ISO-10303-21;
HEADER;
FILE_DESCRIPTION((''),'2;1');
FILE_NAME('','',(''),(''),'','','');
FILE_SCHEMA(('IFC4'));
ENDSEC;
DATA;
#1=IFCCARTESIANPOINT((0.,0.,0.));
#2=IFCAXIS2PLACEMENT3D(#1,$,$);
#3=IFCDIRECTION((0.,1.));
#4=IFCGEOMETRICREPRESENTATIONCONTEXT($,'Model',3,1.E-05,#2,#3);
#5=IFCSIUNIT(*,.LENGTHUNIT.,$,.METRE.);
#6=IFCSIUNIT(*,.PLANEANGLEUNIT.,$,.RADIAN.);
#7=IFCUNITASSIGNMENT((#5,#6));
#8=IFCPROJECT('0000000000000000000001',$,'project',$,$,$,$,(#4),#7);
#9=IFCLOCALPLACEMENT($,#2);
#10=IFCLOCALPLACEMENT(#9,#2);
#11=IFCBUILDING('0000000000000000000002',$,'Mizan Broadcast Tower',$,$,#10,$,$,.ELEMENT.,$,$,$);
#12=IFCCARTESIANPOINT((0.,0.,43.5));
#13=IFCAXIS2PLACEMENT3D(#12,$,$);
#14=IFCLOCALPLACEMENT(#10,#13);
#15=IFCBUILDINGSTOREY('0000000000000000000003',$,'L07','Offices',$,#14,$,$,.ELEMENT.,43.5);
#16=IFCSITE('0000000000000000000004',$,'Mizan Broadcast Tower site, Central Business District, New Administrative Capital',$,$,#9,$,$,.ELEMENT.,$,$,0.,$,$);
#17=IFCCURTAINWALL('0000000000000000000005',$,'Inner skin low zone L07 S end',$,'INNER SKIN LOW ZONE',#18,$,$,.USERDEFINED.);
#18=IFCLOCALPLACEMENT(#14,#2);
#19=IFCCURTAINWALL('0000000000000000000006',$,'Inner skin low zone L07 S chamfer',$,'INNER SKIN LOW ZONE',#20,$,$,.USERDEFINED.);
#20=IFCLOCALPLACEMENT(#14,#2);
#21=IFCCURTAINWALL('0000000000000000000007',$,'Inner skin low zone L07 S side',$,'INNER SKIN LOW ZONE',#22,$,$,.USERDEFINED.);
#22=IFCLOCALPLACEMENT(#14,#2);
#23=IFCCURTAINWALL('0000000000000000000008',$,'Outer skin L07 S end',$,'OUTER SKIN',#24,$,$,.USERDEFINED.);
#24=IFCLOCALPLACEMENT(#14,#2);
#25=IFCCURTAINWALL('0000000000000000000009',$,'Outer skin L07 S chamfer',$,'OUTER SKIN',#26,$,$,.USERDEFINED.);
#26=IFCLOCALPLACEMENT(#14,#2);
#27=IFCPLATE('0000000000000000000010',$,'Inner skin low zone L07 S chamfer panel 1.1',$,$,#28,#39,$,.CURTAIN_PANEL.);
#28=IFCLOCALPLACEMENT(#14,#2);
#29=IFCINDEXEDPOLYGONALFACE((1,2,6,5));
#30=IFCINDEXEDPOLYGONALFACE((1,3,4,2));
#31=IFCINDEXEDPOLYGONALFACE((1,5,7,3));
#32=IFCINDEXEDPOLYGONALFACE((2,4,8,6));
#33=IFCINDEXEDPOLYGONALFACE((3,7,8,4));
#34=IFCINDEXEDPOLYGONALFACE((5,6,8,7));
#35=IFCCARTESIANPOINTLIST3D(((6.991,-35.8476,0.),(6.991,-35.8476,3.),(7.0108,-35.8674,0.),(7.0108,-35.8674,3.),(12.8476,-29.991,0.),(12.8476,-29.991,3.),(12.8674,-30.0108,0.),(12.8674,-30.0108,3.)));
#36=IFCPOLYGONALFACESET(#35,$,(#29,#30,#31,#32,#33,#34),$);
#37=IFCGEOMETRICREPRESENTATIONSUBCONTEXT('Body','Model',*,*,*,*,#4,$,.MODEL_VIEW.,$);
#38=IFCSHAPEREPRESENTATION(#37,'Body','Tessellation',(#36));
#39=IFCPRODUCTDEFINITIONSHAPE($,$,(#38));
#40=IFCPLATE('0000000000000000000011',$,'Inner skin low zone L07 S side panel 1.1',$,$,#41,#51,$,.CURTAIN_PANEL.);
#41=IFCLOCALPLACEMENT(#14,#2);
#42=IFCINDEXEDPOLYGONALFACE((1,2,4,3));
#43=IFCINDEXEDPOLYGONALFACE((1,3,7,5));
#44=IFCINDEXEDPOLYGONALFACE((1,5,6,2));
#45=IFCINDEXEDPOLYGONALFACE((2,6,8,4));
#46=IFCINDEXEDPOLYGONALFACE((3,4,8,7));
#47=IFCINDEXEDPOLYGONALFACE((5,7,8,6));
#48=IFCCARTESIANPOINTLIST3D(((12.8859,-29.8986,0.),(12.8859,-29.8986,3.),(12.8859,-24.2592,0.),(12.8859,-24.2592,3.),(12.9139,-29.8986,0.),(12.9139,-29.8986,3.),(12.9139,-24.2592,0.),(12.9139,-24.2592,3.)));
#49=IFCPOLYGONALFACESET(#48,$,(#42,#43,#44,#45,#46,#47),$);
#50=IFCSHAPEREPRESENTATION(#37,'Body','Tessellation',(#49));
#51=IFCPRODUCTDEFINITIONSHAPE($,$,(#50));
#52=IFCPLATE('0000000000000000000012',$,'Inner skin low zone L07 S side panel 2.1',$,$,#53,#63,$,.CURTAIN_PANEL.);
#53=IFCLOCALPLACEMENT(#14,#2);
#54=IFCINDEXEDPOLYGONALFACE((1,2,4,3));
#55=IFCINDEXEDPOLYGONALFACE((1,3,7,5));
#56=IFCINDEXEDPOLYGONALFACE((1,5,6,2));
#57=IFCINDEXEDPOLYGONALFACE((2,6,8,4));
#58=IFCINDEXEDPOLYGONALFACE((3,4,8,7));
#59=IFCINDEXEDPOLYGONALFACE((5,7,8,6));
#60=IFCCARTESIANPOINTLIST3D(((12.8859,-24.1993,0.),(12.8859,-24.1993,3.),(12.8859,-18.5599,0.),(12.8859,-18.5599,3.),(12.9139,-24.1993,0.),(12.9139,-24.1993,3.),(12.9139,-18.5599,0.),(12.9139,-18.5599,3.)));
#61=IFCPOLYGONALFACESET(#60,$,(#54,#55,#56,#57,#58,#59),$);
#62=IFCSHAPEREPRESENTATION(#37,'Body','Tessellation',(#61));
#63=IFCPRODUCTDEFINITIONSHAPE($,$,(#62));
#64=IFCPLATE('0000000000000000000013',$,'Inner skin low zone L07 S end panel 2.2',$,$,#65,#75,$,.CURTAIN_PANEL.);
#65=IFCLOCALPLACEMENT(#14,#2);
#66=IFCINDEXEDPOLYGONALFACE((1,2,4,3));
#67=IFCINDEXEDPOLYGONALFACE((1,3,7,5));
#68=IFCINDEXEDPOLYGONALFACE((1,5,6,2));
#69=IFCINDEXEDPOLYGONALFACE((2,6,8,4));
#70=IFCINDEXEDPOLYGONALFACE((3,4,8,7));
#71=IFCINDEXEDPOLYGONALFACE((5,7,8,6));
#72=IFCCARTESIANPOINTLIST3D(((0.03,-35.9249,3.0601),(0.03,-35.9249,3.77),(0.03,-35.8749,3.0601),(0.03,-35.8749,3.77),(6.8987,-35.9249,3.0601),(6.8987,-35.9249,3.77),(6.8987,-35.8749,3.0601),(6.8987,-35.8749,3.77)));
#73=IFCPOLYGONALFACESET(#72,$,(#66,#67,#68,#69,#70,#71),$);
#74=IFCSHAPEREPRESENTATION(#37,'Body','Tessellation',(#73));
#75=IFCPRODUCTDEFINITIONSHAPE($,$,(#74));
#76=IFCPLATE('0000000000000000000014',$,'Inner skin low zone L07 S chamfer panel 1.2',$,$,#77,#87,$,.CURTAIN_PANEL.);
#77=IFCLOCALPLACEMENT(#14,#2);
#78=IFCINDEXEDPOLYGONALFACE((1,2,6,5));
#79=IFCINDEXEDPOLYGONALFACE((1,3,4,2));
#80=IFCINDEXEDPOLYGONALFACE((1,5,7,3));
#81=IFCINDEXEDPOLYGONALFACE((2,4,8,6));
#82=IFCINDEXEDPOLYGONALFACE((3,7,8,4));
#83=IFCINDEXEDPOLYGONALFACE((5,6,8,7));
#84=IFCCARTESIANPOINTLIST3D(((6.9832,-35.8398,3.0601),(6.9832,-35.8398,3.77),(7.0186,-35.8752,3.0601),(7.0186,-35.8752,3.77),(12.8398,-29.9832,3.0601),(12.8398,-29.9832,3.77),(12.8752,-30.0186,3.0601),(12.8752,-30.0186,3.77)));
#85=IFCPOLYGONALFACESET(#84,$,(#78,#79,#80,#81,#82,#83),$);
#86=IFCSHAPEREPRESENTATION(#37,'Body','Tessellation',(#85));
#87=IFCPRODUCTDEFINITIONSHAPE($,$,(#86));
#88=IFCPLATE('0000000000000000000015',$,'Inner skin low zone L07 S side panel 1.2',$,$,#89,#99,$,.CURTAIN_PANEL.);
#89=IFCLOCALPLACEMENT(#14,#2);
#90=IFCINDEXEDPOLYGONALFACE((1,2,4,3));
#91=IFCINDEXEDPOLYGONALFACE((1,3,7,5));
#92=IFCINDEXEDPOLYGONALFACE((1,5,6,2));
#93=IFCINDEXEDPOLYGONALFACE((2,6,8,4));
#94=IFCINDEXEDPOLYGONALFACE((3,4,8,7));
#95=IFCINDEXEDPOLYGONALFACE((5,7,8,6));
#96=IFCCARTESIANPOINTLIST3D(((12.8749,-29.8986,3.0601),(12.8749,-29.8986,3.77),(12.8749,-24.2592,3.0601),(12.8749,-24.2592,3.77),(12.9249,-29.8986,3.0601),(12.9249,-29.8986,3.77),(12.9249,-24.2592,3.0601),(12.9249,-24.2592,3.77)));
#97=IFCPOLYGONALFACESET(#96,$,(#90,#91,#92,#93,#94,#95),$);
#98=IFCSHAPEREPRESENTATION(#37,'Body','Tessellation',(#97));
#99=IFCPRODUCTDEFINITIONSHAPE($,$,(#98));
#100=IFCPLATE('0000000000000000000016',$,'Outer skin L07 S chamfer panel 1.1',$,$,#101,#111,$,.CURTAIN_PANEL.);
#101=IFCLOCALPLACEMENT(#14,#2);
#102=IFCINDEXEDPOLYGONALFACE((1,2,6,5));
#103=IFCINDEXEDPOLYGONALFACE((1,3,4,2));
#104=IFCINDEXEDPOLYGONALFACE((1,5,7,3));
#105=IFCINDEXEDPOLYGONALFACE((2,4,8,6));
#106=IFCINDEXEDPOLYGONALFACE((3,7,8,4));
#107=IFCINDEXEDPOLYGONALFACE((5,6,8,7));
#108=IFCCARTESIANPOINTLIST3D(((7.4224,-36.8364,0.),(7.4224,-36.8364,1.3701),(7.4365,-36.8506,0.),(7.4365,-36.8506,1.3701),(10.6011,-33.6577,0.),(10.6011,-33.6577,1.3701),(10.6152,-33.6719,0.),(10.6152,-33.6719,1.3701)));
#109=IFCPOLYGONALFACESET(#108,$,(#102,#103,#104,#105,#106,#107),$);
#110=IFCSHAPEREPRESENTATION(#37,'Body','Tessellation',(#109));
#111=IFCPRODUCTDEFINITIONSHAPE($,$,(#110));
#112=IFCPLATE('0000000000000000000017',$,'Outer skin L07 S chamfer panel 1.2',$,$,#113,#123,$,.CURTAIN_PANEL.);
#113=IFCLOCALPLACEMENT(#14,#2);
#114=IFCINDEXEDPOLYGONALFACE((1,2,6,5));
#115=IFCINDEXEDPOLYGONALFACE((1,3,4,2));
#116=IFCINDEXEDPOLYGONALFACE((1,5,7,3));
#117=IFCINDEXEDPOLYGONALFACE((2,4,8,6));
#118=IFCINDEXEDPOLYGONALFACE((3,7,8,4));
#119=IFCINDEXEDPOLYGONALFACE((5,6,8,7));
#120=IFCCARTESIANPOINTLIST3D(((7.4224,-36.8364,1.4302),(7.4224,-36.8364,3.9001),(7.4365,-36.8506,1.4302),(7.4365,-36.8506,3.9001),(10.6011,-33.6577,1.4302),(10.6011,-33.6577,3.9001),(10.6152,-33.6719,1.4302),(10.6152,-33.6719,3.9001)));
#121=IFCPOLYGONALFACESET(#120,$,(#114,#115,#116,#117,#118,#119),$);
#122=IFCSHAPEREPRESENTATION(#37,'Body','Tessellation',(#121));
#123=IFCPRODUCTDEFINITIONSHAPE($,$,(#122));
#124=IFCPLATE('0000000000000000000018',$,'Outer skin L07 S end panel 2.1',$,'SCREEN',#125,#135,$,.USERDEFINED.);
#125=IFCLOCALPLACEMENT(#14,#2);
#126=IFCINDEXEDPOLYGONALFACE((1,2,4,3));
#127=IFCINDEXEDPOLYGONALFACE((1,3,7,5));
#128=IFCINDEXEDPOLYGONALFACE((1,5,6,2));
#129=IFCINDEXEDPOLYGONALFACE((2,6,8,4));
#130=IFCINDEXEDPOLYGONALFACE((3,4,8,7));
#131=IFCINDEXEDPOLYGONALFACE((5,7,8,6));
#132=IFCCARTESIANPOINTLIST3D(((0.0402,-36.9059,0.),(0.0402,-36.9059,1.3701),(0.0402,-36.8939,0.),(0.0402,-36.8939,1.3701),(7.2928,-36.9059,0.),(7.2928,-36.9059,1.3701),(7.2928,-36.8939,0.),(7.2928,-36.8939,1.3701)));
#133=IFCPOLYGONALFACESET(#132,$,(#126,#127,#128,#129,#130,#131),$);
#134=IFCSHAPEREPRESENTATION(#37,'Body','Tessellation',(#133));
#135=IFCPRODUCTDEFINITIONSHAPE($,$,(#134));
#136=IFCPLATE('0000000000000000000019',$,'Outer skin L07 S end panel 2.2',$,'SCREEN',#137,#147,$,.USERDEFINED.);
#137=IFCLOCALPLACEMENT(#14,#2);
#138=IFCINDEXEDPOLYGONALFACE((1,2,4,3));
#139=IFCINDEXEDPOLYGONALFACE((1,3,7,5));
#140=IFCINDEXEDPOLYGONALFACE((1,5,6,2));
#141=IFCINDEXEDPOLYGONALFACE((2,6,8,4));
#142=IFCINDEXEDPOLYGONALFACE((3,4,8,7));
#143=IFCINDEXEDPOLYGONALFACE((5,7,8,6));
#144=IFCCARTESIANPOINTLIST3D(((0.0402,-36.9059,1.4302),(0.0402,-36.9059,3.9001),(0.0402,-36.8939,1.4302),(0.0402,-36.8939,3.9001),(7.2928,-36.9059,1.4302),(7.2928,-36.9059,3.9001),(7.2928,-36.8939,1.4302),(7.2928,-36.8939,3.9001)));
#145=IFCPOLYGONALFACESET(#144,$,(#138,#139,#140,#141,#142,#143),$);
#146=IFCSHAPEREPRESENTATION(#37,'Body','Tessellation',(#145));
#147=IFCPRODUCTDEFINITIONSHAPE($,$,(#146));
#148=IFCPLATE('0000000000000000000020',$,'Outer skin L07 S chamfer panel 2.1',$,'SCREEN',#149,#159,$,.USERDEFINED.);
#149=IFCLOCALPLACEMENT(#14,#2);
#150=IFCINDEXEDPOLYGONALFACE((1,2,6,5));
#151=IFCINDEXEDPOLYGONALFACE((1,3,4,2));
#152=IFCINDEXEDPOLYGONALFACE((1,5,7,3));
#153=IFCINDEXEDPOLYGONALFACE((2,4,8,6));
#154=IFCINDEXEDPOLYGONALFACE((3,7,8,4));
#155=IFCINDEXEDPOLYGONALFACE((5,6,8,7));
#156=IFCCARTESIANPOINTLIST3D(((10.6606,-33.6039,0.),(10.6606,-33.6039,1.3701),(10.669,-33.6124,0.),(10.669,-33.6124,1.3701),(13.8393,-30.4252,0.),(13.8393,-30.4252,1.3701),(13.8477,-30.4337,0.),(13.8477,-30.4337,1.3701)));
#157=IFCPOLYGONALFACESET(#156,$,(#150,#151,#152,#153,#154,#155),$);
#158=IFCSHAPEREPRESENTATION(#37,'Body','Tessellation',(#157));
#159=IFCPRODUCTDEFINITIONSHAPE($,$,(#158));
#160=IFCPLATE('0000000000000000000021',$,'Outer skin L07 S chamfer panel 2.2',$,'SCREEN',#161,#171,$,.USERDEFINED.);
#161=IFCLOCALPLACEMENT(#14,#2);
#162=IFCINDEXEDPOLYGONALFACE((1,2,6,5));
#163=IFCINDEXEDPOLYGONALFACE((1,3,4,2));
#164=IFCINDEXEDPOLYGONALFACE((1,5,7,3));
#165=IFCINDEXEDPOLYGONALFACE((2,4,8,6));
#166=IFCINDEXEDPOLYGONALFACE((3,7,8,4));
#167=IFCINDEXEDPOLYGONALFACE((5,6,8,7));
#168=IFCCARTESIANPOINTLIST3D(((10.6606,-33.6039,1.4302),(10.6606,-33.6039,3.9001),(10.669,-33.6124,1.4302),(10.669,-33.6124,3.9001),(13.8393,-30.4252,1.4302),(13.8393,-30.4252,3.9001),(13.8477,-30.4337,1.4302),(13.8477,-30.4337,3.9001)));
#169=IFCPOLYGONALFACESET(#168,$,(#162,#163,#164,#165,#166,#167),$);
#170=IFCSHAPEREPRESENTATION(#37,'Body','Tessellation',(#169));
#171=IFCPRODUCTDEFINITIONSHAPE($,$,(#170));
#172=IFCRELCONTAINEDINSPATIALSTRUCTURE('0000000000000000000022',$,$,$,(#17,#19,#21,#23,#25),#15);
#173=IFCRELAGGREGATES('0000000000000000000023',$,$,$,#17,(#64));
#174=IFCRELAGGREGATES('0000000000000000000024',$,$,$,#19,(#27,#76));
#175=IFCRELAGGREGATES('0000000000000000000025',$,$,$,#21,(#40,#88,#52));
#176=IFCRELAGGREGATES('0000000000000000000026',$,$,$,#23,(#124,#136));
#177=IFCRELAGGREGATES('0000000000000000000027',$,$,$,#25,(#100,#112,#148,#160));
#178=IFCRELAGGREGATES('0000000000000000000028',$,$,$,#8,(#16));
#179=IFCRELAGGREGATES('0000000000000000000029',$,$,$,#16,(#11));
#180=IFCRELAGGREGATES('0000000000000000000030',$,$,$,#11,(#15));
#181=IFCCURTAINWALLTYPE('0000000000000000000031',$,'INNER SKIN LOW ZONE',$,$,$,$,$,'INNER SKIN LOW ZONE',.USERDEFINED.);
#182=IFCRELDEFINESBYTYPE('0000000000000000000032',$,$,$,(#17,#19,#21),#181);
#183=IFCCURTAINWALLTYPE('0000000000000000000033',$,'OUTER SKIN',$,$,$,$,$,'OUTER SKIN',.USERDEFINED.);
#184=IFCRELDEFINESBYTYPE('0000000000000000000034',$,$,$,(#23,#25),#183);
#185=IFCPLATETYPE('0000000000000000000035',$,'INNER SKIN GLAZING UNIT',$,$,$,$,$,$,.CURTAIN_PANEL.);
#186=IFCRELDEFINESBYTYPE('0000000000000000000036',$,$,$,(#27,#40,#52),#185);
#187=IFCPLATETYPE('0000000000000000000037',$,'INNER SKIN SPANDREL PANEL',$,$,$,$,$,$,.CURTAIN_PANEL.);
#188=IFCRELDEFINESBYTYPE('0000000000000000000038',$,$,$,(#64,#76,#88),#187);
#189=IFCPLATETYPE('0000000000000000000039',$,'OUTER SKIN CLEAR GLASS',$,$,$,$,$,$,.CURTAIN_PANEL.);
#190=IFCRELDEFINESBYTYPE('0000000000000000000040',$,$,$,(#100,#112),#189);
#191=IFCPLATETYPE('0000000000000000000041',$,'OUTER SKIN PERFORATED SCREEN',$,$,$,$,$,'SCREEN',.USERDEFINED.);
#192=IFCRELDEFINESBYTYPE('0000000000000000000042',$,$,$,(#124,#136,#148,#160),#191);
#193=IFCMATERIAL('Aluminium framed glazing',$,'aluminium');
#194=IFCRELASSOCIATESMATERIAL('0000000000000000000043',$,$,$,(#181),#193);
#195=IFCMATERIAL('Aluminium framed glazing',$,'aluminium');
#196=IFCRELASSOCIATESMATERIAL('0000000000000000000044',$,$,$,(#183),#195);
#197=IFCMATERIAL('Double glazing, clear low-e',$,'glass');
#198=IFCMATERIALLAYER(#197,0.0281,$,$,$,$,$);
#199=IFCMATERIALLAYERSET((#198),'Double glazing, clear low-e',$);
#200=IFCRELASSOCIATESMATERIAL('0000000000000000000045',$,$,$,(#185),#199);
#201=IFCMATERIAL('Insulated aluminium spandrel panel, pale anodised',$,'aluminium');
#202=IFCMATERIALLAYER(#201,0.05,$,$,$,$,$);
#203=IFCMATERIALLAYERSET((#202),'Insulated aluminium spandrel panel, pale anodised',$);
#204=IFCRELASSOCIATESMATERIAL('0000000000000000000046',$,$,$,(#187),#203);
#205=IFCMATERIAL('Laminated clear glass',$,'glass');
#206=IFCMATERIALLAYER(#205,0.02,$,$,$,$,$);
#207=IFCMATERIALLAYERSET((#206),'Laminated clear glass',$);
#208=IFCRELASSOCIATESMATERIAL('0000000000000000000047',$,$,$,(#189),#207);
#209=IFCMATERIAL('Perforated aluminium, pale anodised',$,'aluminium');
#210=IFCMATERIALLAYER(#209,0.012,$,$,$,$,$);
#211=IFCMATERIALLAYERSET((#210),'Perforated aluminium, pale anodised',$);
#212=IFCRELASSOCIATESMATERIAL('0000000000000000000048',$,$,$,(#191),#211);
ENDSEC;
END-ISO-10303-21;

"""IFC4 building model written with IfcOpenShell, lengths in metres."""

from ifc_helpers import new_model, si_unit, direction, frame, origin, origin_2d, place, context, subcontext, project, spatial, rectangle, extrude, material, layer, layer_set, type_object, element, aggregate, save


model = new_model("IFC4")

# Units and contexts
model_context = context("Model", 3, precision=1e-05, world=origin(), true_north=direction((0.0, 1.0)))
body_context = subcontext(model_context, "Body", "Model", "MODEL_VIEW")
ifc_project = project(units=[si_unit("LENGTHUNIT", "METRE"), si_unit("PLANEANGLEUNIT", "RADIAN")], contexts=[model_context])

# Site, building, storey
site_placement = place(None, origin())
site = spatial("IfcSite", under=ifc_project, at=site_placement, Name="Mizan Broadcast Tower site, Central Business District, New Administrative Capital", CompositionType="ELEMENT", RefElevation=0.0)
building_placement = place(site_placement, origin())
building = spatial("IfcBuilding", under=site, at=building_placement, Name="Mizan Broadcast Tower", CompositionType="ELEMENT")
storey_placement = place(building_placement, frame((0.0, 0.0, 43.5)))
storey = spatial("IfcBuildingStorey", under=building, at=storey_placement, Name="L07", Description="Offices", CompositionType="ELEMENT", Elevation=43.5)

# Curtain wall
ifc_material_1 = material(Name="Aluminium framed glazing", Category="aluminium")
curtain_wall_type_1 = type_object("IfcCurtainWallType", Name="INNER SKIN LOW ZONE", ElementType="INNER SKIN LOW ZONE", PredefinedType="USERDEFINED", material=ifc_material_1)
curtain_wall_1_placement = place(storey_placement, origin())
curtain_wall_1 = element("IfcCurtainWall", 1, at=curtain_wall_1_placement, inside=storey, type_object=curtain_wall_type_1, Name="Inner skin low zone L07 S end", ObjectType="INNER SKIN LOW ZONE", PredefinedType="USERDEFINED")

# Curtain walls
curtain_wall_2_placement = place(storey_placement, origin())
curtain_wall_2 = element("IfcCurtainWall", 2, at=curtain_wall_2_placement, inside=storey, type_object=curtain_wall_type_1, Name="Inner skin low zone L07 S chamfer", ObjectType="INNER SKIN LOW ZONE", PredefinedType="USERDEFINED")
curtain_wall_3_placement = place(storey_placement, origin())
curtain_wall_3 = element("IfcCurtainWall", 3, at=curtain_wall_3_placement, inside=storey, type_object=curtain_wall_type_1, Name="Inner skin low zone L07 S side", ObjectType="INNER SKIN LOW ZONE", PredefinedType="USERDEFINED")

# Curtain wall
ifc_material_2 = material(Name="Aluminium framed glazing", Category="aluminium")
curtain_wall_type_2 = type_object("IfcCurtainWallType", Name="OUTER SKIN", ElementType="OUTER SKIN", PredefinedType="USERDEFINED", material=ifc_material_2)
curtain_wall_4_placement = place(storey_placement, origin())
curtain_wall_4 = element("IfcCurtainWall", 4, at=curtain_wall_4_placement, inside=storey, type_object=curtain_wall_type_2, Name="Outer skin L07 S end", ObjectType="OUTER SKIN", PredefinedType="USERDEFINED")

# Curtain wall
curtain_wall_5_placement = place(storey_placement, origin())
curtain_wall_5 = element("IfcCurtainWall", 5, at=curtain_wall_5_placement, inside=storey, type_object=curtain_wall_type_2, Name="Outer skin L07 S chamfer", ObjectType="OUTER SKIN", PredefinedType="USERDEFINED")

# Plates
ifc_material_3 = material(Name="Double glazing, clear low-e", Category="glass")
ifc_layer_1 = layer(ifc_material_3, 0.0281)
ifc_layer_set_1 = layer_set([ifc_layer_1], Name="Double glazing, clear low-e")
plate_type_1 = type_object("IfcPlateType", Name="INNER SKIN GLAZING UNIT", PredefinedType="CURTAIN_PANEL", material=ifc_layer_set_1)
plate_1_placement = place(storey_placement, frame((9.9292, -32.9292, 0.0), z_axis=(0.0, 0.0, 1.0), x_axis=(0.707107, 0.707107, 0.0)))
plate_1 = element("IfcPlate", 6, at=plate_1_placement, type_object=plate_type_1, Name="Inner skin low zone L07 S chamfer panel 1.1", PredefinedType="CURTAIN_PANEL", context=body_context, shape_type="SweptSolid", body=[
    extrude(rectangle(XDim=8.2825, YDim=0.0281, at=origin_2d()), origin(), (0.0, 0.0, 1.0), 3.0),
])
plate_2_placement = place(storey_placement, frame((12.8999, -27.0789, 0.0), z_axis=(0.0, 0.0, 1.0), x_axis=(0.0, 1.0, 0.0)))
plate_2 = element("IfcPlate", 7, at=plate_2_placement, type_object=plate_type_1, Name="Inner skin low zone L07 S side panel 1.1", PredefinedType="CURTAIN_PANEL", context=body_context, shape_type="SweptSolid", body=[
    extrude(rectangle(XDim=5.6394, YDim=0.0281, at=origin_2d()), origin(), (0.0, 0.0, 1.0), 3.0),
])
plate_3_placement = place(storey_placement, frame((12.8999, -21.3796, 0.0), z_axis=(0.0, 0.0, 1.0), x_axis=(0.0, 1.0, 0.0)))
plate_3 = element("IfcPlate", 8, at=plate_3_placement, type_object=plate_type_1, Name="Inner skin low zone L07 S side panel 2.1", PredefinedType="CURTAIN_PANEL", context=body_context, shape_type="SweptSolid", body=[
    extrude(rectangle(XDim=5.6394, YDim=0.0281, at=origin_2d()), origin(), (0.0, 0.0, 1.0), 3.0),
])
ifc_material_4 = material(Name="Insulated aluminium spandrel panel, pale anodised", Category="aluminium")
ifc_layer_2 = layer(ifc_material_4, 0.05)
ifc_layer_set_2 = layer_set([ifc_layer_2], Name="Insulated aluminium spandrel panel, pale anodised")
plate_type_2 = type_object("IfcPlateType", Name="INNER SKIN SPANDREL PANEL", PredefinedType="CURTAIN_PANEL", material=ifc_layer_set_2)
plate_4_placement = place(storey_placement, frame((3.4644, -35.8999, 3.0601), z_axis=(0.0, 0.0, 1.0), x_axis=(1.0, 0.0, 0.0)))
plate_4 = element("IfcPlate", 9, at=plate_4_placement, type_object=plate_type_2, Name="Inner skin low zone L07 S end panel 2.2", PredefinedType="CURTAIN_PANEL", context=body_context, shape_type="SweptSolid", body=[
    extrude(rectangle(XDim=6.8687, YDim=0.05, at=origin_2d()), origin(), (0.0, 0.0, 1.0), 0.71),
])
aggregate(curtain_wall_1, [plate_4])
plate_5_placement = place(storey_placement, frame((9.9292, -32.9292, 3.0601), z_axis=(0.0, 0.0, 1.0), x_axis=(0.707107, 0.707107, 0.0)))
plate_5 = element("IfcPlate", 10, at=plate_5_placement, type_object=plate_type_2, Name="Inner skin low zone L07 S chamfer panel 1.2", PredefinedType="CURTAIN_PANEL", context=body_context, shape_type="SweptSolid", body=[
    extrude(rectangle(XDim=8.2825, YDim=0.05, at=origin_2d()), origin(), (0.0, 0.0, 1.0), 0.71),
])
aggregate(curtain_wall_2, [plate_1, plate_5])
plate_6_placement = place(storey_placement, frame((12.8999, -27.0789, 3.0601), z_axis=(0.0, 0.0, 1.0), x_axis=(0.0, 1.0, 0.0)))
plate_6 = element("IfcPlate", 11, at=plate_6_placement, type_object=plate_type_2, Name="Inner skin low zone L07 S side panel 1.2", PredefinedType="CURTAIN_PANEL", context=body_context, shape_type="SweptSolid", body=[
    extrude(rectangle(XDim=5.6394, YDim=0.05, at=origin_2d()), origin(), (0.0, 0.0, 1.0), 0.71),
])
aggregate(curtain_wall_3, [plate_2, plate_6, plate_3])
ifc_material_5 = material(Name="Laminated clear glass", Category="glass")
ifc_layer_3 = layer(ifc_material_5, 0.02)
ifc_layer_set_3 = layer_set([ifc_layer_3], Name="Laminated clear glass")
plate_type_3 = type_object("IfcPlateType", Name="OUTER SKIN CLEAR GLASS", PredefinedType="CURTAIN_PANEL", material=ifc_layer_set_3)
plate_7_placement = place(storey_placement, frame((9.0188, -35.2542, 0.0), z_axis=(0.0, 0.0, 1.0), x_axis=(0.707107, 0.707107, 0.0)))
plate_7 = element("IfcPlate", 12, at=plate_7_placement, type_object=plate_type_3, Name="Outer skin L07 S chamfer panel 1.1", PredefinedType="CURTAIN_PANEL", context=body_context, shape_type="SweptSolid", body=[
    extrude(rectangle(XDim=4.4954, YDim=0.02, at=origin_2d()), origin(), (0.0, 0.0, 1.0), 1.3701),
])
plate_8_placement = place(storey_placement, frame((9.0188, -35.2542, 1.4302), z_axis=(0.0, 0.0, 1.0), x_axis=(0.707107, 0.707107, 0.0)))
plate_8 = element("IfcPlate", 13, at=plate_8_placement, type_object=plate_type_3, Name="Outer skin L07 S chamfer panel 1.2", PredefinedType="CURTAIN_PANEL", context=body_context, shape_type="SweptSolid", body=[
    extrude(rectangle(XDim=4.4954, YDim=0.02, at=origin_2d()), origin(), (0.0, 0.0, 1.0), 2.47),
])
ifc_material_6 = material(Name="Perforated aluminium, pale anodised", Category="aluminium")
ifc_layer_4 = layer(ifc_material_6, 0.012)
ifc_layer_set_4 = layer_set([ifc_layer_4], Name="Perforated aluminium, pale anodised")
plate_type_4 = type_object("IfcPlateType", Name="OUTER SKIN PERFORATED SCREEN", ElementType="SCREEN", PredefinedType="USERDEFINED", material=ifc_layer_set_4)
plate_9_placement = place(storey_placement, frame((3.6665, -36.8999, 0.0), z_axis=(0.0, 0.0, 1.0), x_axis=(1.0, 0.0, 0.0)))
plate_9 = element("IfcPlate", 14, at=plate_9_placement, type_object=plate_type_4, Name="Outer skin L07 S end panel 2.1", ObjectType="SCREEN", PredefinedType="USERDEFINED", context=body_context, shape_type="SweptSolid", body=[
    extrude(rectangle(XDim=7.2527, YDim=0.012, at=origin_2d()), origin(), (0.0, 0.0, 1.0), 1.3701),
])
plate_10_placement = place(storey_placement, frame((3.6665, -36.8999, 1.4302), z_axis=(0.0, 0.0, 1.0), x_axis=(1.0, 0.0, 0.0)))
plate_10 = element("IfcPlate", 15, at=plate_10_placement, type_object=plate_type_4, Name="Outer skin L07 S end panel 2.2", ObjectType="SCREEN", PredefinedType="USERDEFINED", context=body_context, shape_type="SweptSolid", body=[
    extrude(rectangle(XDim=7.2527, YDim=0.012, at=origin_2d()), origin(), (0.0, 0.0, 1.0), 2.47),
])
aggregate(curtain_wall_4, [plate_9, plate_10])
plate_11_placement = place(storey_placement, frame((12.2542, -32.0188, 0.0), z_axis=(0.0, 0.0, 1.0), x_axis=(0.707107, 0.707107, 0.0)))
plate_11 = element("IfcPlate", 16, at=plate_11_placement, type_object=plate_type_4, Name="Outer skin L07 S chamfer panel 2.1", ObjectType="SCREEN", PredefinedType="USERDEFINED", context=body_context, shape_type="SweptSolid", body=[
    extrude(rectangle(XDim=4.4954, YDim=0.012, at=origin_2d()), origin(), (0.0, 0.0, 1.0), 1.3701),
])
plate_12_placement = place(storey_placement, frame((12.2542, -32.0188, 1.4302), z_axis=(0.0, 0.0, 1.0), x_axis=(0.707107, 0.707107, 0.0)))
plate_12 = element("IfcPlate", 17, at=plate_12_placement, type_object=plate_type_4, Name="Outer skin L07 S chamfer panel 2.2", ObjectType="SCREEN", PredefinedType="USERDEFINED", context=body_context, shape_type="SweptSolid", body=[
    extrude(rectangle(XDim=4.4954, YDim=0.012, at=origin_2d()), origin(), (0.0, 0.0, 1.0), 2.47),
])
aggregate(curtain_wall_5, [plate_7, plate_8, plate_11, plate_12])

save(model, "model.ifc")
